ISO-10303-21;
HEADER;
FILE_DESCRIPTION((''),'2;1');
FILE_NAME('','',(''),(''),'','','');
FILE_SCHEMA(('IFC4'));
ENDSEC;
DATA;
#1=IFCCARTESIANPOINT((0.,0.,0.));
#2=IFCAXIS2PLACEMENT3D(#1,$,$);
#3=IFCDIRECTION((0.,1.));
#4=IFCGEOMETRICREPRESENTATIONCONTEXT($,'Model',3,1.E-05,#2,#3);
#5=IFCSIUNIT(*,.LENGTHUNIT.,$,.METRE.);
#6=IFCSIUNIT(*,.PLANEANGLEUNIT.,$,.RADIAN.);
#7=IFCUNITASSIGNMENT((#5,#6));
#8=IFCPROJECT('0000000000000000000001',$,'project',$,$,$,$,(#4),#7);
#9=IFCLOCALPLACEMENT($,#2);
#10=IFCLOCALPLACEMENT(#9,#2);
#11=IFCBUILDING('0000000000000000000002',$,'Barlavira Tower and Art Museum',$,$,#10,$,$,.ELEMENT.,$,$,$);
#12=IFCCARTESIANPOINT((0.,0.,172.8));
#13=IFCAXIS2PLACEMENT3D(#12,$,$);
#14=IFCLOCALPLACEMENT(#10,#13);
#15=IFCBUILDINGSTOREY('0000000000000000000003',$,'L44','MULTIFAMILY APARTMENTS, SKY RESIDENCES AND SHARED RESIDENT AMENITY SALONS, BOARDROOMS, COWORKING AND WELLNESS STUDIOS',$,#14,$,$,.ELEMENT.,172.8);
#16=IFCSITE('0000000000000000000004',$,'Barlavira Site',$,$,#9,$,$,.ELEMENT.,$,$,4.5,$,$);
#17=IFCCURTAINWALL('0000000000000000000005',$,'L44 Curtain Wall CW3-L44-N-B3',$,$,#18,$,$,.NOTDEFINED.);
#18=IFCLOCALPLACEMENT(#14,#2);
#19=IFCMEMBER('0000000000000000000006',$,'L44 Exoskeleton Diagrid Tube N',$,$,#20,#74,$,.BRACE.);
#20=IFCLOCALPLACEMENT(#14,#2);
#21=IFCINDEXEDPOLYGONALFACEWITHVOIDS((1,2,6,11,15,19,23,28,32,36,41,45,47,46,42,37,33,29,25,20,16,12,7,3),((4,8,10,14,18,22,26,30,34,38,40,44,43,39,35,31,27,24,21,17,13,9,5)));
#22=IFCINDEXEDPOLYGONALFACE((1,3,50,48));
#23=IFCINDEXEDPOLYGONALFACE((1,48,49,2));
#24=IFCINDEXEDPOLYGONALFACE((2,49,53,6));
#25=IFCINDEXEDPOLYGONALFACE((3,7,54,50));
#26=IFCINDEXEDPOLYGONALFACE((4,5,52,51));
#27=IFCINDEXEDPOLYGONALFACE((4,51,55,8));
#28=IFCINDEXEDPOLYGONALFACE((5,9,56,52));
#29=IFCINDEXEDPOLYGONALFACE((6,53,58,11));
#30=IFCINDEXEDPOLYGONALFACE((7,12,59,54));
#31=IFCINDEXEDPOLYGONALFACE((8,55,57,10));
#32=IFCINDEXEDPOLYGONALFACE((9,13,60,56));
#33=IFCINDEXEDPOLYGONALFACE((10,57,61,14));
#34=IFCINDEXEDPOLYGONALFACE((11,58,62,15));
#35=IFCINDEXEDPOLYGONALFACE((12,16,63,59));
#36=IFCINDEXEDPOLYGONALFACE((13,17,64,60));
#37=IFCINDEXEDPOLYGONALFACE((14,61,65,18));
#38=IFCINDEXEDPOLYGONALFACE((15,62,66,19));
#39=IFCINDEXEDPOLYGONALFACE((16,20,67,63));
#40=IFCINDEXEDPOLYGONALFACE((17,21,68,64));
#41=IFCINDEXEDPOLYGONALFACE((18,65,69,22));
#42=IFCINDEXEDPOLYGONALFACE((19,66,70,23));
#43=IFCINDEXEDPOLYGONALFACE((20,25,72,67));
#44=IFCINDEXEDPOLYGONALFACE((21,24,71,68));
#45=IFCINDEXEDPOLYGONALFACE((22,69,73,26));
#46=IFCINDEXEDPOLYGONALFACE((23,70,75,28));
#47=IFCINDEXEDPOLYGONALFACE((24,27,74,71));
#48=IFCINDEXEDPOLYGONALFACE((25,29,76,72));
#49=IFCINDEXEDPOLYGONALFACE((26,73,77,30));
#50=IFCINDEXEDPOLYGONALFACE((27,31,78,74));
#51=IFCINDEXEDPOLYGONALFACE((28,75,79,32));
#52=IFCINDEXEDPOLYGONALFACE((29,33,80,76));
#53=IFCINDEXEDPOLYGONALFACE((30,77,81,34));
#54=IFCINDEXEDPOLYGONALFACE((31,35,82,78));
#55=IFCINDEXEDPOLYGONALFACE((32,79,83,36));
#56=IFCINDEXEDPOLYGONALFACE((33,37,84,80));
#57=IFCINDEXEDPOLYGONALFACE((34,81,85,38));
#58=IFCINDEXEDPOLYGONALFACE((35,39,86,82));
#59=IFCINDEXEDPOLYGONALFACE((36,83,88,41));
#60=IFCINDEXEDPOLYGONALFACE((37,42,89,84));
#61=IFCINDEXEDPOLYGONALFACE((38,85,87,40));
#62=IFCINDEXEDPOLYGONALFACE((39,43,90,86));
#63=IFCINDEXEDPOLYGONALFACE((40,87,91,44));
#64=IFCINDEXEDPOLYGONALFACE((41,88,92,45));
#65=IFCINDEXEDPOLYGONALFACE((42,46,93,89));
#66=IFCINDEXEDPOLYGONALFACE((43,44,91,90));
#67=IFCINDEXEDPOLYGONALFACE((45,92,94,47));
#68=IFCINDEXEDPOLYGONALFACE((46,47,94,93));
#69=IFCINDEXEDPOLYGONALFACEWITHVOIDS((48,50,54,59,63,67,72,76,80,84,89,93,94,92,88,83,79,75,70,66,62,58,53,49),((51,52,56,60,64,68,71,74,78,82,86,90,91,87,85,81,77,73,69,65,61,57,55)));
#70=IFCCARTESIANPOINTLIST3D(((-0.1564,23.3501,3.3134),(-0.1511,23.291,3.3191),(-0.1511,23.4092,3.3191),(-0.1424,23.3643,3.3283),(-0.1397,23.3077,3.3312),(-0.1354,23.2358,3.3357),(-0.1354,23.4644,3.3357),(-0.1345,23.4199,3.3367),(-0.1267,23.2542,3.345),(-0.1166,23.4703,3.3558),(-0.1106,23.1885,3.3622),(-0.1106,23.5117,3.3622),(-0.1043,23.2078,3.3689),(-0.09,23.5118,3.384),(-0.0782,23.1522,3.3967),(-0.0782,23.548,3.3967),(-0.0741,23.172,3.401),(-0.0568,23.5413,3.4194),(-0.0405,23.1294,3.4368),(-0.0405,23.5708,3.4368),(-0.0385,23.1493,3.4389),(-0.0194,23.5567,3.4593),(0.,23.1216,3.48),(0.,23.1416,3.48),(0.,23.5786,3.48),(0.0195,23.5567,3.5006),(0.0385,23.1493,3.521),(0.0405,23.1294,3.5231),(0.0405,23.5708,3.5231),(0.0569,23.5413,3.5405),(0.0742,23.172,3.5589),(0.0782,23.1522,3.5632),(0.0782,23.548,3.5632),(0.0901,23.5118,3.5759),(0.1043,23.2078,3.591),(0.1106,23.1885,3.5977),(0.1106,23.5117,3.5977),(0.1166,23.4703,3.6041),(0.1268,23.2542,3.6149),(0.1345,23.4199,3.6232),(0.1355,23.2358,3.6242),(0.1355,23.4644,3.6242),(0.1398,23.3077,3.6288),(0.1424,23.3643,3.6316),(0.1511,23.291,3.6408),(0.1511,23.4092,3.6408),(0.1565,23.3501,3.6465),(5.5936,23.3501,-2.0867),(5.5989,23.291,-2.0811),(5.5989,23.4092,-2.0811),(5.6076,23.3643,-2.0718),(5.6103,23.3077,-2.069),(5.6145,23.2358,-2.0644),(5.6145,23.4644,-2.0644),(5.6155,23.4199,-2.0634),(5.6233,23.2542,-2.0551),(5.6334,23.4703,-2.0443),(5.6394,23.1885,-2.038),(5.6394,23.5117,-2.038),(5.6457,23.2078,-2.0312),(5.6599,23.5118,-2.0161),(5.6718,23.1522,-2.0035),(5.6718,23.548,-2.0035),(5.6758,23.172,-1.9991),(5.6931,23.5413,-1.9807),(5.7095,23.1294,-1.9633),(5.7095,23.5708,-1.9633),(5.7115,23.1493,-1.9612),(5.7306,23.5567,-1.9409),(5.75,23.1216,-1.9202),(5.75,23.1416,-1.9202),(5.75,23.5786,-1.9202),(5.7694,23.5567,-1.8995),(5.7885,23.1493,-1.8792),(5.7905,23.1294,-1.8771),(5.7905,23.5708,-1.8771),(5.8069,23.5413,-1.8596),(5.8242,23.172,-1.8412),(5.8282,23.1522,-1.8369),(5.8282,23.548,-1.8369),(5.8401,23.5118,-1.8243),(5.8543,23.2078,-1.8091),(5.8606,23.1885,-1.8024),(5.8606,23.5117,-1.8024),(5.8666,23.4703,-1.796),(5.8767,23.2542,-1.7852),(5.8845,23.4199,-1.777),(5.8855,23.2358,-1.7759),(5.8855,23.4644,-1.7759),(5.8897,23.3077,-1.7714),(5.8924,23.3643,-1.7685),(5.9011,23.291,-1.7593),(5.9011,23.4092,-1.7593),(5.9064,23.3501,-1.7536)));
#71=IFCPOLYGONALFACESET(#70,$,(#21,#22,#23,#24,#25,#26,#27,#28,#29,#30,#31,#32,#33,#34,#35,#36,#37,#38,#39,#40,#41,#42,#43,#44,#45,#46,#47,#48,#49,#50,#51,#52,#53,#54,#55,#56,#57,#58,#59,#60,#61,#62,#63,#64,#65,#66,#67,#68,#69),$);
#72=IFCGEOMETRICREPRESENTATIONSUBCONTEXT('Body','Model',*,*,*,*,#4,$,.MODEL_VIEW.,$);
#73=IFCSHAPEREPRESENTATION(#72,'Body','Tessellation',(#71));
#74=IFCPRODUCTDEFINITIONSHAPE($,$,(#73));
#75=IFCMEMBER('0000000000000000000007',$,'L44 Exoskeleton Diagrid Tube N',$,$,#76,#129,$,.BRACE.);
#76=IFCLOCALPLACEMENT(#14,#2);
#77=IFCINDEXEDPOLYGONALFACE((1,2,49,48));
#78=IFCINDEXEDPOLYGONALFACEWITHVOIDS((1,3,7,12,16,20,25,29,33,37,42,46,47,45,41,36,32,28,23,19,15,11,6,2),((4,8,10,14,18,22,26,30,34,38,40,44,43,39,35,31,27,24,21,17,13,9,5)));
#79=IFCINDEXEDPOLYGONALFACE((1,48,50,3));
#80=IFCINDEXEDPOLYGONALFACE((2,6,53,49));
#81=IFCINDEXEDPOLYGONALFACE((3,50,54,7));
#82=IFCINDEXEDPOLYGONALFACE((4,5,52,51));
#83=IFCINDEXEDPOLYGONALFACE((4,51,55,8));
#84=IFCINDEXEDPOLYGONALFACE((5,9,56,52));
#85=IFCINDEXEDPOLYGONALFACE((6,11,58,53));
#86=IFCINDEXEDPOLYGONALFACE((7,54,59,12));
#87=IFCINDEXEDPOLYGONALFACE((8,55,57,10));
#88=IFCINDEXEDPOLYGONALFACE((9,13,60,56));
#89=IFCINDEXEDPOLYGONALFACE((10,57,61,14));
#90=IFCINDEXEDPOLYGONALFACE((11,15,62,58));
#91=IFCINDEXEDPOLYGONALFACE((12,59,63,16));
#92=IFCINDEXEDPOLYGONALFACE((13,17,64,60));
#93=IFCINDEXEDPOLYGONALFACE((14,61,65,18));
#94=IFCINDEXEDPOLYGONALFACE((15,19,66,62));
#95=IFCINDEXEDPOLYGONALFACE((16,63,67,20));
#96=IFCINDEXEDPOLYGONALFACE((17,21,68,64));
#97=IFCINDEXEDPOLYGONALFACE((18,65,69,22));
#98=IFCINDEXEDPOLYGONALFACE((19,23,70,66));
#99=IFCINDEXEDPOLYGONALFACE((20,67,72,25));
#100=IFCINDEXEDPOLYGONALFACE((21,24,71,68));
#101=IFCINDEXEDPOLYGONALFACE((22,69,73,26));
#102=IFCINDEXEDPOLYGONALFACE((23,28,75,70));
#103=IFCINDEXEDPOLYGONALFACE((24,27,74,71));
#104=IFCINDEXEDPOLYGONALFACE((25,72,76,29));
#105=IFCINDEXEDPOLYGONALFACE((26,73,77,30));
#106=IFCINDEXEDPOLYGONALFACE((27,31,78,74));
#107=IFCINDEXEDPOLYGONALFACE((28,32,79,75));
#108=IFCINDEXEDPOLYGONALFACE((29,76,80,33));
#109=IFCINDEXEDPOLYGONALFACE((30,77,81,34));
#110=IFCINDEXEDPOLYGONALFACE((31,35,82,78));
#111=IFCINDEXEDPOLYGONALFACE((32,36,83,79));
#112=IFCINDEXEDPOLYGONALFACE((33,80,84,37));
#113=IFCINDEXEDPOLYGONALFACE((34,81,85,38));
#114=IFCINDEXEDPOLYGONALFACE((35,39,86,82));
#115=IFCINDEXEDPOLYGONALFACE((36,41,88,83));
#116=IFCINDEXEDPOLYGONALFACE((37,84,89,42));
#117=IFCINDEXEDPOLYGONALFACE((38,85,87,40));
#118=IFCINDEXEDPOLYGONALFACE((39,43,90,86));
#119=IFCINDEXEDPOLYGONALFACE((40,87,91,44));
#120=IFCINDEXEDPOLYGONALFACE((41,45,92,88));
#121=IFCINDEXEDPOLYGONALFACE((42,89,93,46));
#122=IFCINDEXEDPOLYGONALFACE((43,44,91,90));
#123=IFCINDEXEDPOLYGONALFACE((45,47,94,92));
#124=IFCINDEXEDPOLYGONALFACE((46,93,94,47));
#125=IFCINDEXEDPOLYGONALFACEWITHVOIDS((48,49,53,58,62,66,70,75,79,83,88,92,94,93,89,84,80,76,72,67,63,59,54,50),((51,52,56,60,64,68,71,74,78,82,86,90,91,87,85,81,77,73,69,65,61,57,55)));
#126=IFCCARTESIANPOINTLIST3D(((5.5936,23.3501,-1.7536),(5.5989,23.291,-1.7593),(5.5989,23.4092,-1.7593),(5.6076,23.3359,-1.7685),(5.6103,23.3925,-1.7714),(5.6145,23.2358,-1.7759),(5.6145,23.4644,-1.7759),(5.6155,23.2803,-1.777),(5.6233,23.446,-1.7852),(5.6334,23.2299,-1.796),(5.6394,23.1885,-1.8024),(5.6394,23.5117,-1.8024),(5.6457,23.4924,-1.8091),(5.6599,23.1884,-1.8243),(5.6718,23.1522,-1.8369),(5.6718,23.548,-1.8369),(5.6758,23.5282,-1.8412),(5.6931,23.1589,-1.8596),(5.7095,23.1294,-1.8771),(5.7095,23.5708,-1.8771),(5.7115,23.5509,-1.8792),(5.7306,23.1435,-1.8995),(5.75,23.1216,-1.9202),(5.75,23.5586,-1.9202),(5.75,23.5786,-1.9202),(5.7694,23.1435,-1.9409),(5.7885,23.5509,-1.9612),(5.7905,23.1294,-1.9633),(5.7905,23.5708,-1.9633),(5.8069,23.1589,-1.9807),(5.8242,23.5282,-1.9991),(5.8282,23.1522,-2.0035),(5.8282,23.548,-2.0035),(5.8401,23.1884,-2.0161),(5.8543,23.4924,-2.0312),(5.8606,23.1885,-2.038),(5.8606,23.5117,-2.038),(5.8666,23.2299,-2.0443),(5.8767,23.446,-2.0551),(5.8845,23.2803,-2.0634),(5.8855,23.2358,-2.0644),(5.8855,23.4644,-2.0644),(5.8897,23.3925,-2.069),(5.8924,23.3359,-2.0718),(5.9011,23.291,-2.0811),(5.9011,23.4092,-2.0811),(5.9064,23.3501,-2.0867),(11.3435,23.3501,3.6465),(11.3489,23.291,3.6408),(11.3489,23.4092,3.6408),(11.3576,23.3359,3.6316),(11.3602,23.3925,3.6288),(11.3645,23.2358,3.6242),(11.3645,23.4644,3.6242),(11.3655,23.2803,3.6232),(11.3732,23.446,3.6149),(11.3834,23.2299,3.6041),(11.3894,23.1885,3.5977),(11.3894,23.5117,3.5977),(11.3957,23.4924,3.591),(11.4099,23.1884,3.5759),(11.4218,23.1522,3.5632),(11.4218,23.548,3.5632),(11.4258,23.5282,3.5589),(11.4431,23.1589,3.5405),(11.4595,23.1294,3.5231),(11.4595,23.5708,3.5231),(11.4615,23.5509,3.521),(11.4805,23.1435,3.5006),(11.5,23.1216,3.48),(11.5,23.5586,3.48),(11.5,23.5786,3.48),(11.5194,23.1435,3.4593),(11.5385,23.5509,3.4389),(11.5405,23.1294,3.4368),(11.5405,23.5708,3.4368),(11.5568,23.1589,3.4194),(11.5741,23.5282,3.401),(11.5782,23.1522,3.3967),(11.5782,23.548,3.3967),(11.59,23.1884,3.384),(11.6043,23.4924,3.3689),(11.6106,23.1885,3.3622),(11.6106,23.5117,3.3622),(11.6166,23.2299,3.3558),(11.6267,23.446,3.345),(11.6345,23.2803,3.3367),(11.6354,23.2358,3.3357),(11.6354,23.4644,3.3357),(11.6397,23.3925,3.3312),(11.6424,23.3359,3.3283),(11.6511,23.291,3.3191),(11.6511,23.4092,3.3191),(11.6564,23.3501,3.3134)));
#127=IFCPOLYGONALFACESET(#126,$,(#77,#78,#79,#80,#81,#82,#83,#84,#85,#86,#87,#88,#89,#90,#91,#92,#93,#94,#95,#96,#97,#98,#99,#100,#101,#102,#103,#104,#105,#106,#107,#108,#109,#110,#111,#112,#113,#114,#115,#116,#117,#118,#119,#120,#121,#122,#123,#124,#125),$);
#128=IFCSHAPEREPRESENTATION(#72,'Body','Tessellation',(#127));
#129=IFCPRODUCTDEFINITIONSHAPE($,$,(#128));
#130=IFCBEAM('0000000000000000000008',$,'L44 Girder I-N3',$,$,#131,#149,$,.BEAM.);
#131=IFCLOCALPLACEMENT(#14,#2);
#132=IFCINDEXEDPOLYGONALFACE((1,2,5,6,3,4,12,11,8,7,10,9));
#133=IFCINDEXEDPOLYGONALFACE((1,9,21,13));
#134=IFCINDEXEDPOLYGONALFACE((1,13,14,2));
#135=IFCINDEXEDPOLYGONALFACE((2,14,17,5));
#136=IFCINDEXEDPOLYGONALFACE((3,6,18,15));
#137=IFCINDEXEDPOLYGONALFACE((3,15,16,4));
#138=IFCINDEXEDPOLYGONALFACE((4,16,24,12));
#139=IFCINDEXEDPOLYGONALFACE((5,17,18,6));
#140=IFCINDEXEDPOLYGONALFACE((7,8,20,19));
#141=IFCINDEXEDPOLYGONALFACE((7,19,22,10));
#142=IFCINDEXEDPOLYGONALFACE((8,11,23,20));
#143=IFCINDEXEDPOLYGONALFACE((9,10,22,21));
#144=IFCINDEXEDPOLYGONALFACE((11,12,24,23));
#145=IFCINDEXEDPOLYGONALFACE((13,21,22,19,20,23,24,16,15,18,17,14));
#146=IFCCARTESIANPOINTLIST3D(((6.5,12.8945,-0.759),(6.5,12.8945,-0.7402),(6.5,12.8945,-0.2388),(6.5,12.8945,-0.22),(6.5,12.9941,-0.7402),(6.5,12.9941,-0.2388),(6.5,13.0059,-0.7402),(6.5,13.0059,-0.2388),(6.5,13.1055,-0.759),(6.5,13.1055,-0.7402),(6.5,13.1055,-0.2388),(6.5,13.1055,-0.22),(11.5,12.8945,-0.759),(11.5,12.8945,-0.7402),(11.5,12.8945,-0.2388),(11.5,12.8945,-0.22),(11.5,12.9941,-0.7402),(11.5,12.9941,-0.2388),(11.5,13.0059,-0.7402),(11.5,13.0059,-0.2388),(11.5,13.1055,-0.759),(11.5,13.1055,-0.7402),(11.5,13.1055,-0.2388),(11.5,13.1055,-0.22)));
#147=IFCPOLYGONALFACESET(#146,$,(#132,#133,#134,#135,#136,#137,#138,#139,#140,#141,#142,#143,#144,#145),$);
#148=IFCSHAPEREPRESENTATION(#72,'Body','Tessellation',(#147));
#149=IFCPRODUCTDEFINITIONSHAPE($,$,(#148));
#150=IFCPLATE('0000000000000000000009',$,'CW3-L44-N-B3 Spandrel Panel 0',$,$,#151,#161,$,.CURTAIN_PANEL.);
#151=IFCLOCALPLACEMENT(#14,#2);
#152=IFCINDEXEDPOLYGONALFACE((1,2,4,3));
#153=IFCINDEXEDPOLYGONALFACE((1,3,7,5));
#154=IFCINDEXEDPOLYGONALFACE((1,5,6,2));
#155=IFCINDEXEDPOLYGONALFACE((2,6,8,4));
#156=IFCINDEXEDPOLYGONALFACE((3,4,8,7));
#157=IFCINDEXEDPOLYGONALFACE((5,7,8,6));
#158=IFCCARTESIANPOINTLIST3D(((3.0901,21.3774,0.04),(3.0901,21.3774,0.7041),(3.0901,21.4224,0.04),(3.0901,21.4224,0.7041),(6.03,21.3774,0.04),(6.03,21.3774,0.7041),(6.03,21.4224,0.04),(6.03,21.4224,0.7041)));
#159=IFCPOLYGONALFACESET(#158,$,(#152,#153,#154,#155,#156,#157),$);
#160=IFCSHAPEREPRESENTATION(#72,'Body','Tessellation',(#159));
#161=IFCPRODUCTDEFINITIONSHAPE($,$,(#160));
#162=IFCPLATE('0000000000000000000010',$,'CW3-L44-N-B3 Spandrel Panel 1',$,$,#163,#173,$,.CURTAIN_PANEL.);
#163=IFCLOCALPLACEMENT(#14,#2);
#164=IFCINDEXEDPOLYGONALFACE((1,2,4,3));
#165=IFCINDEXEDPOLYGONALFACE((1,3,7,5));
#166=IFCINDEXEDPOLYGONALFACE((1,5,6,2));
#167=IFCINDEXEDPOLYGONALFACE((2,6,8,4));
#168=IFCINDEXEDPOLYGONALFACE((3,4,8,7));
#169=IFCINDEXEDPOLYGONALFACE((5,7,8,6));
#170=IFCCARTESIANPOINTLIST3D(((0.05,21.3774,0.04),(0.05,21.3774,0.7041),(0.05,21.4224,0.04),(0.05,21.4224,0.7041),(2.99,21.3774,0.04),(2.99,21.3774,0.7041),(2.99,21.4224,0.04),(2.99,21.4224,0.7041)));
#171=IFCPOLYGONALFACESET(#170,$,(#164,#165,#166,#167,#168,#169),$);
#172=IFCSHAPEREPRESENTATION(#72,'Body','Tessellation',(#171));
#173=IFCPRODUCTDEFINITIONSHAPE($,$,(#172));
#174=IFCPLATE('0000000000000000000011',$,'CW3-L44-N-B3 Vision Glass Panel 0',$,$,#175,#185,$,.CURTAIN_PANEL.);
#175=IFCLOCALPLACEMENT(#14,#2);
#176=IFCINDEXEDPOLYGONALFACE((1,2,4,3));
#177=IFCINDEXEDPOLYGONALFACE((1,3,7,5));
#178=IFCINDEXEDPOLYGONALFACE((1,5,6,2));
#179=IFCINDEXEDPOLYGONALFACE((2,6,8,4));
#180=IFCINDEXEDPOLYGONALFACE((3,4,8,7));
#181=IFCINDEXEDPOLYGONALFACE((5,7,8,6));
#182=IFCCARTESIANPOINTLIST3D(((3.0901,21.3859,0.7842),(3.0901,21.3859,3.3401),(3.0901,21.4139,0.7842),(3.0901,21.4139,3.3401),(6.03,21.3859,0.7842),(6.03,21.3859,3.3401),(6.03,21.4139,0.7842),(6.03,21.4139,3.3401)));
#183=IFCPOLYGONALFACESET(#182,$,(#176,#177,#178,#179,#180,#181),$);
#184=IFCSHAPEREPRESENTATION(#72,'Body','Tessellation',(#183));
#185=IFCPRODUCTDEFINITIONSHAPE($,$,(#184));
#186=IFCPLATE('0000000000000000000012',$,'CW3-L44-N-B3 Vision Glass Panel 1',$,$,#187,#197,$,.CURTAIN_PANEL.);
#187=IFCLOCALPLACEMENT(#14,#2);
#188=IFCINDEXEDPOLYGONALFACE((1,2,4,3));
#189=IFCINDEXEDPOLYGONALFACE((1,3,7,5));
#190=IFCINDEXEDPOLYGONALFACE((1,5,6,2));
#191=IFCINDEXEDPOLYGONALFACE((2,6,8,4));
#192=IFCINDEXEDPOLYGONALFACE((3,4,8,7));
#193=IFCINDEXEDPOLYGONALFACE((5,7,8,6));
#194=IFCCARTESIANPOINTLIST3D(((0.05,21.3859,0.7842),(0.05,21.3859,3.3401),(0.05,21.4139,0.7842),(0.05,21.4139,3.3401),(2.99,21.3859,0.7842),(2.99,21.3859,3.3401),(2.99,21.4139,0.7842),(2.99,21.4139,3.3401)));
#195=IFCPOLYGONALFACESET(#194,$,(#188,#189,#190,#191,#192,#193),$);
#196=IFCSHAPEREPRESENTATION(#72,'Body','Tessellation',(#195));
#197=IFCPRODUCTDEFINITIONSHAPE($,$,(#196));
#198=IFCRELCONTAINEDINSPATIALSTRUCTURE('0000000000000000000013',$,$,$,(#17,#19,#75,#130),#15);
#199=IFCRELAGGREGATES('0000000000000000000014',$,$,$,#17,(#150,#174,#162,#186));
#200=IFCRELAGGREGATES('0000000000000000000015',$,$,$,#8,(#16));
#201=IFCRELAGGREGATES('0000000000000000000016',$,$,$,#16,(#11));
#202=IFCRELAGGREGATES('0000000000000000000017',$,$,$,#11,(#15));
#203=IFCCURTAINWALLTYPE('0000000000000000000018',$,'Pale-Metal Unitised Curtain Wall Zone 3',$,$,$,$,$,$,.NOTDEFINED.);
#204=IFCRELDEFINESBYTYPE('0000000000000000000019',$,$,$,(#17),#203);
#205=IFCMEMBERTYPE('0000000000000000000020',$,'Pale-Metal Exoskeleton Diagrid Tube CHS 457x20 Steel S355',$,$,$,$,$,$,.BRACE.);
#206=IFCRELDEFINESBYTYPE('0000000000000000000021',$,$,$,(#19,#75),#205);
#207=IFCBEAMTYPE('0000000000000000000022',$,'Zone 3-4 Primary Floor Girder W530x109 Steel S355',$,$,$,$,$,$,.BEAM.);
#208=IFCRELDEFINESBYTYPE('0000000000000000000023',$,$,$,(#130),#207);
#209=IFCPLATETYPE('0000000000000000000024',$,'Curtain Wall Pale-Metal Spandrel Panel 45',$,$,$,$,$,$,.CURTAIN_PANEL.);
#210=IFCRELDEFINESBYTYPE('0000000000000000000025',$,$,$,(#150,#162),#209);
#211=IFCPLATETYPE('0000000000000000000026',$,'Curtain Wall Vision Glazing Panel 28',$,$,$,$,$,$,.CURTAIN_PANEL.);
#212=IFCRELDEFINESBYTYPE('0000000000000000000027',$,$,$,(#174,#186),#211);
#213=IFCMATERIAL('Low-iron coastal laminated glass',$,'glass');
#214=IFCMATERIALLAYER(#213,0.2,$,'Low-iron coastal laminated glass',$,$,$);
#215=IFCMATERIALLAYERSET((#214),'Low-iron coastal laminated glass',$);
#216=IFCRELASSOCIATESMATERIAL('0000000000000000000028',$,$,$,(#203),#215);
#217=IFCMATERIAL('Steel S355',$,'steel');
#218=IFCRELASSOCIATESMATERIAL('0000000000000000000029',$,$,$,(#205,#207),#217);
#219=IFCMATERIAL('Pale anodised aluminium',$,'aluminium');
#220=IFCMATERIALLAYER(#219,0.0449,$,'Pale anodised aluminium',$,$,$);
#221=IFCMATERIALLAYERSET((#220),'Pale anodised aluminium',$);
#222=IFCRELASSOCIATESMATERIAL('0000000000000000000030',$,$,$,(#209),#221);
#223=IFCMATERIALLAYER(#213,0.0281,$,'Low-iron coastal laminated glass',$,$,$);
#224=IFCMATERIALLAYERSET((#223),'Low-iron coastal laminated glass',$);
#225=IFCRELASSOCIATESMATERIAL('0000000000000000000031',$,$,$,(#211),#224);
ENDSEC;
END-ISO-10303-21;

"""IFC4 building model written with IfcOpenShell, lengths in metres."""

from ifc_helpers import new_model, si_unit, direction, frame, origin, origin_2d, place, context, subcontext, project, spatial, rectangle, hollow_circle, i_section, extrude, material, layer, layer_set, material_profile, profile_set, type_object, element, aggregate, save


model = new_model("IFC4")

# Units and contexts
model_context = context("Model", 3, precision=1e-05, world=origin(), true_north=direction((0.0, 1.0)))
body_context = subcontext(model_context, "Body", "Model", "MODEL_VIEW")
ifc_project = project(units=[si_unit("LENGTHUNIT", "METRE"), si_unit("PLANEANGLEUNIT", "RADIAN")], contexts=[model_context])

# Site, building, storey
site_placement = place(None, origin())
site = spatial("IfcSite", under=ifc_project, at=site_placement, Name="Barlavira Site", CompositionType="ELEMENT", RefElevation=4.5)
building_placement = place(site_placement, origin())
building = spatial("IfcBuilding", under=site, at=building_placement, Name="Barlavira Tower and Art Museum", CompositionType="ELEMENT")
storey_placement = place(building_placement, frame((0.0, 0.0, 172.8)))
storey = spatial("IfcBuildingStorey", under=building, at=storey_placement, Name="L44", Description="MULTIFAMILY APARTMENTS, SKY RESIDENCES AND SHARED RESIDENT AMENITY SALONS, BOARDROOMS, COWORKING AND WELLNESS STUDIOS", CompositionType="ELEMENT", Elevation=172.8)

# Curtain wall
ifc_material_1 = material(Name="Low-iron coastal laminated glass", Category="glass")
ifc_layer_1 = layer(ifc_material_1, 0.2, Name="Low-iron coastal laminated glass")
ifc_layer_set_1 = layer_set([ifc_layer_1], Name="Low-iron coastal laminated glass")
curtain_wall_type = type_object("IfcCurtainWallType", Name="Pale-Metal Unitised Curtain Wall Zone 3", PredefinedType="NOTDEFINED", material=ifc_layer_set_1)
curtain_wall_placement = place(storey_placement, origin())
curtain_wall = element("IfcCurtainWall", 1, at=curtain_wall_placement, inside=storey, type_object=curtain_wall_type, Name="L44 Curtain Wall CW3-L44-N-B3", PredefinedType="NOTDEFINED")
ifc_material_2 = material(Name="Pale anodised aluminium", Category="aluminium")

# Members
ifc_material_3 = material(Name="Steel S355", Category="steel")
ifc_material_profile_1 = material_profile(ifc_material_3, hollow_circle(Radius=0.2285, WallThickness=0.02, at=origin_2d()), Name="CHS 457.0x20.0")
ifc_profile_set_1 = profile_set([ifc_material_profile_1], Name="Steel S355")
member_type_1 = type_object("IfcMemberType", Name="Pale-Metal Exoskeleton Diagrid Tube CHS 457x20 Steel S355", PredefinedType="BRACE", material=ifc_profile_set_1)
for number, where, z_axis, x_axis, name in (
    (2, (5.75, 23.3501, -1.9202), (-0.728935, 0.0, 0.684583), (0.0, -1.0, 0.0), "L44 Exoskeleton Diagrid Tube N"),
    (3, (5.75, 23.3501, -1.9202), (0.728935, 0.0, 0.684583), (0.0, 1.0, 0.0), "L44 Exoskeleton Diagrid Tube N"),
):
    element("IfcMember", number, at=place(storey_placement, frame(where, z_axis=z_axis, x_axis=x_axis)), inside=storey, type_object=member_type_1, Name=name, PredefinedType="BRACE", context=body_context, shape_type="SweptSolid", body=[
        extrude(hollow_circle(Radius=0.2285, WallThickness=0.02, at=origin_2d()), origin(), (0.0, 0.0, 1.0), 7.8882),
    ])

# Beam
ifc_material_profile_2 = material_profile(ifc_material_3, i_section(OverallWidth=0.2109, OverallDepth=0.5391, WebThickness=0.0117, FlangeThickness=0.0188, at=origin_2d()), Name="W530x109.0")
ifc_profile_set_2 = profile_set([ifc_material_profile_2], Name="Steel S355")
beam_type = type_object("IfcBeamType", Name="Zone 3-4 Primary Floor Girder W530x109 Steel S355", PredefinedType="BEAM", material=ifc_profile_set_2)
beam_placement = place(storey_placement, frame((6.5, 13.0, -0.4895), z_axis=(1.0, 0.0, 0.0), x_axis=(0.0, 1.0, 0.0)))
element("IfcBeam", 4, at=beam_placement, inside=storey, type_object=beam_type, Name="L44 Girder I-N3", PredefinedType="BEAM", context=body_context, shape_type="SweptSolid", body=[
    extrude(i_section(OverallWidth=0.2109, OverallDepth=0.5391, WebThickness=0.0117, FlangeThickness=0.0188, at=origin_2d()), origin(), (0.0, 0.0, 1.0), 5.0),
])

# Plates
ifc_layer_2 = layer(ifc_material_2, 0.0449, Name="Pale anodised aluminium")
ifc_layer_set_2 = layer_set([ifc_layer_2], Name="Pale anodised aluminium")
plate_type_1 = type_object("IfcPlateType", Name="Curtain Wall Pale-Metal Spandrel Panel 45", PredefinedType="CURTAIN_PANEL", material=ifc_layer_set_2)
plate_1_placement = place(storey_placement, frame((4.5601, 21.3999, 0.04), z_axis=(0.0, 0.0, 1.0), x_axis=(-1.0, 0.0, 0.0)))
plate_1 = element("IfcPlate", 5, at=plate_1_placement, type_object=plate_type_1, Name="CW3-L44-N-B3 Spandrel Panel 0", PredefinedType="CURTAIN_PANEL", context=body_context, shape_type="SweptSolid", body=[
    extrude(rectangle(XDim=2.9399, YDim=0.0449, at=origin_2d()), origin(), (0.0, 0.0, 1.0), 0.6641),
])
plate_2_placement = place(storey_placement, frame((1.52, 21.3999, 0.04), z_axis=(0.0, 0.0, 1.0), x_axis=(-1.0, 0.0, 0.0)))
plate_2 = element("IfcPlate", 6, at=plate_2_placement, type_object=plate_type_1, Name="CW3-L44-N-B3 Spandrel Panel 1", PredefinedType="CURTAIN_PANEL", context=body_context, shape_type="SweptSolid", body=[
    extrude(rectangle(XDim=2.9399, YDim=0.0449, at=origin_2d()), origin(), (0.0, 0.0, 1.0), 0.6641),
])
ifc_layer_3 = layer(ifc_material_1, 0.0281, Name="Low-iron coastal laminated glass")
ifc_layer_set_3 = layer_set([ifc_layer_3], Name="Low-iron coastal laminated glass")
plate_type_2 = type_object("IfcPlateType", Name="Curtain Wall Vision Glazing Panel 28", PredefinedType="CURTAIN_PANEL", material=ifc_layer_set_3)
plate_3_placement = place(storey_placement, frame((4.5601, 21.3999, 0.7842), z_axis=(0.0, 0.0, 1.0), x_axis=(-1.0, 0.0, 0.0)))
plate_3 = element("IfcPlate", 7, at=plate_3_placement, type_object=plate_type_2, Name="CW3-L44-N-B3 Vision Glass Panel 0", PredefinedType="CURTAIN_PANEL", context=body_context, shape_type="SweptSolid", body=[
    extrude(rectangle(XDim=2.9399, YDim=0.0281, at=origin_2d()), origin(), (0.0, 0.0, 1.0), 2.5559),
])
plate_4_placement = place(storey_placement, frame((1.52, 21.3999, 0.7842), z_axis=(0.0, 0.0, 1.0), x_axis=(-1.0, 0.0, 0.0)))
plate_4 = element("IfcPlate", 8, at=plate_4_placement, type_object=plate_type_2, Name="CW3-L44-N-B3 Vision Glass Panel 1", PredefinedType="CURTAIN_PANEL", context=body_context, shape_type="SweptSolid", body=[
    extrude(rectangle(XDim=2.9399, YDim=0.0281, at=origin_2d()), origin(), (0.0, 0.0, 1.0), 2.5559),
])
aggregate(curtain_wall, [plate_1, plate_3, plate_2, plate_4])

save(model, "model.ifc")
